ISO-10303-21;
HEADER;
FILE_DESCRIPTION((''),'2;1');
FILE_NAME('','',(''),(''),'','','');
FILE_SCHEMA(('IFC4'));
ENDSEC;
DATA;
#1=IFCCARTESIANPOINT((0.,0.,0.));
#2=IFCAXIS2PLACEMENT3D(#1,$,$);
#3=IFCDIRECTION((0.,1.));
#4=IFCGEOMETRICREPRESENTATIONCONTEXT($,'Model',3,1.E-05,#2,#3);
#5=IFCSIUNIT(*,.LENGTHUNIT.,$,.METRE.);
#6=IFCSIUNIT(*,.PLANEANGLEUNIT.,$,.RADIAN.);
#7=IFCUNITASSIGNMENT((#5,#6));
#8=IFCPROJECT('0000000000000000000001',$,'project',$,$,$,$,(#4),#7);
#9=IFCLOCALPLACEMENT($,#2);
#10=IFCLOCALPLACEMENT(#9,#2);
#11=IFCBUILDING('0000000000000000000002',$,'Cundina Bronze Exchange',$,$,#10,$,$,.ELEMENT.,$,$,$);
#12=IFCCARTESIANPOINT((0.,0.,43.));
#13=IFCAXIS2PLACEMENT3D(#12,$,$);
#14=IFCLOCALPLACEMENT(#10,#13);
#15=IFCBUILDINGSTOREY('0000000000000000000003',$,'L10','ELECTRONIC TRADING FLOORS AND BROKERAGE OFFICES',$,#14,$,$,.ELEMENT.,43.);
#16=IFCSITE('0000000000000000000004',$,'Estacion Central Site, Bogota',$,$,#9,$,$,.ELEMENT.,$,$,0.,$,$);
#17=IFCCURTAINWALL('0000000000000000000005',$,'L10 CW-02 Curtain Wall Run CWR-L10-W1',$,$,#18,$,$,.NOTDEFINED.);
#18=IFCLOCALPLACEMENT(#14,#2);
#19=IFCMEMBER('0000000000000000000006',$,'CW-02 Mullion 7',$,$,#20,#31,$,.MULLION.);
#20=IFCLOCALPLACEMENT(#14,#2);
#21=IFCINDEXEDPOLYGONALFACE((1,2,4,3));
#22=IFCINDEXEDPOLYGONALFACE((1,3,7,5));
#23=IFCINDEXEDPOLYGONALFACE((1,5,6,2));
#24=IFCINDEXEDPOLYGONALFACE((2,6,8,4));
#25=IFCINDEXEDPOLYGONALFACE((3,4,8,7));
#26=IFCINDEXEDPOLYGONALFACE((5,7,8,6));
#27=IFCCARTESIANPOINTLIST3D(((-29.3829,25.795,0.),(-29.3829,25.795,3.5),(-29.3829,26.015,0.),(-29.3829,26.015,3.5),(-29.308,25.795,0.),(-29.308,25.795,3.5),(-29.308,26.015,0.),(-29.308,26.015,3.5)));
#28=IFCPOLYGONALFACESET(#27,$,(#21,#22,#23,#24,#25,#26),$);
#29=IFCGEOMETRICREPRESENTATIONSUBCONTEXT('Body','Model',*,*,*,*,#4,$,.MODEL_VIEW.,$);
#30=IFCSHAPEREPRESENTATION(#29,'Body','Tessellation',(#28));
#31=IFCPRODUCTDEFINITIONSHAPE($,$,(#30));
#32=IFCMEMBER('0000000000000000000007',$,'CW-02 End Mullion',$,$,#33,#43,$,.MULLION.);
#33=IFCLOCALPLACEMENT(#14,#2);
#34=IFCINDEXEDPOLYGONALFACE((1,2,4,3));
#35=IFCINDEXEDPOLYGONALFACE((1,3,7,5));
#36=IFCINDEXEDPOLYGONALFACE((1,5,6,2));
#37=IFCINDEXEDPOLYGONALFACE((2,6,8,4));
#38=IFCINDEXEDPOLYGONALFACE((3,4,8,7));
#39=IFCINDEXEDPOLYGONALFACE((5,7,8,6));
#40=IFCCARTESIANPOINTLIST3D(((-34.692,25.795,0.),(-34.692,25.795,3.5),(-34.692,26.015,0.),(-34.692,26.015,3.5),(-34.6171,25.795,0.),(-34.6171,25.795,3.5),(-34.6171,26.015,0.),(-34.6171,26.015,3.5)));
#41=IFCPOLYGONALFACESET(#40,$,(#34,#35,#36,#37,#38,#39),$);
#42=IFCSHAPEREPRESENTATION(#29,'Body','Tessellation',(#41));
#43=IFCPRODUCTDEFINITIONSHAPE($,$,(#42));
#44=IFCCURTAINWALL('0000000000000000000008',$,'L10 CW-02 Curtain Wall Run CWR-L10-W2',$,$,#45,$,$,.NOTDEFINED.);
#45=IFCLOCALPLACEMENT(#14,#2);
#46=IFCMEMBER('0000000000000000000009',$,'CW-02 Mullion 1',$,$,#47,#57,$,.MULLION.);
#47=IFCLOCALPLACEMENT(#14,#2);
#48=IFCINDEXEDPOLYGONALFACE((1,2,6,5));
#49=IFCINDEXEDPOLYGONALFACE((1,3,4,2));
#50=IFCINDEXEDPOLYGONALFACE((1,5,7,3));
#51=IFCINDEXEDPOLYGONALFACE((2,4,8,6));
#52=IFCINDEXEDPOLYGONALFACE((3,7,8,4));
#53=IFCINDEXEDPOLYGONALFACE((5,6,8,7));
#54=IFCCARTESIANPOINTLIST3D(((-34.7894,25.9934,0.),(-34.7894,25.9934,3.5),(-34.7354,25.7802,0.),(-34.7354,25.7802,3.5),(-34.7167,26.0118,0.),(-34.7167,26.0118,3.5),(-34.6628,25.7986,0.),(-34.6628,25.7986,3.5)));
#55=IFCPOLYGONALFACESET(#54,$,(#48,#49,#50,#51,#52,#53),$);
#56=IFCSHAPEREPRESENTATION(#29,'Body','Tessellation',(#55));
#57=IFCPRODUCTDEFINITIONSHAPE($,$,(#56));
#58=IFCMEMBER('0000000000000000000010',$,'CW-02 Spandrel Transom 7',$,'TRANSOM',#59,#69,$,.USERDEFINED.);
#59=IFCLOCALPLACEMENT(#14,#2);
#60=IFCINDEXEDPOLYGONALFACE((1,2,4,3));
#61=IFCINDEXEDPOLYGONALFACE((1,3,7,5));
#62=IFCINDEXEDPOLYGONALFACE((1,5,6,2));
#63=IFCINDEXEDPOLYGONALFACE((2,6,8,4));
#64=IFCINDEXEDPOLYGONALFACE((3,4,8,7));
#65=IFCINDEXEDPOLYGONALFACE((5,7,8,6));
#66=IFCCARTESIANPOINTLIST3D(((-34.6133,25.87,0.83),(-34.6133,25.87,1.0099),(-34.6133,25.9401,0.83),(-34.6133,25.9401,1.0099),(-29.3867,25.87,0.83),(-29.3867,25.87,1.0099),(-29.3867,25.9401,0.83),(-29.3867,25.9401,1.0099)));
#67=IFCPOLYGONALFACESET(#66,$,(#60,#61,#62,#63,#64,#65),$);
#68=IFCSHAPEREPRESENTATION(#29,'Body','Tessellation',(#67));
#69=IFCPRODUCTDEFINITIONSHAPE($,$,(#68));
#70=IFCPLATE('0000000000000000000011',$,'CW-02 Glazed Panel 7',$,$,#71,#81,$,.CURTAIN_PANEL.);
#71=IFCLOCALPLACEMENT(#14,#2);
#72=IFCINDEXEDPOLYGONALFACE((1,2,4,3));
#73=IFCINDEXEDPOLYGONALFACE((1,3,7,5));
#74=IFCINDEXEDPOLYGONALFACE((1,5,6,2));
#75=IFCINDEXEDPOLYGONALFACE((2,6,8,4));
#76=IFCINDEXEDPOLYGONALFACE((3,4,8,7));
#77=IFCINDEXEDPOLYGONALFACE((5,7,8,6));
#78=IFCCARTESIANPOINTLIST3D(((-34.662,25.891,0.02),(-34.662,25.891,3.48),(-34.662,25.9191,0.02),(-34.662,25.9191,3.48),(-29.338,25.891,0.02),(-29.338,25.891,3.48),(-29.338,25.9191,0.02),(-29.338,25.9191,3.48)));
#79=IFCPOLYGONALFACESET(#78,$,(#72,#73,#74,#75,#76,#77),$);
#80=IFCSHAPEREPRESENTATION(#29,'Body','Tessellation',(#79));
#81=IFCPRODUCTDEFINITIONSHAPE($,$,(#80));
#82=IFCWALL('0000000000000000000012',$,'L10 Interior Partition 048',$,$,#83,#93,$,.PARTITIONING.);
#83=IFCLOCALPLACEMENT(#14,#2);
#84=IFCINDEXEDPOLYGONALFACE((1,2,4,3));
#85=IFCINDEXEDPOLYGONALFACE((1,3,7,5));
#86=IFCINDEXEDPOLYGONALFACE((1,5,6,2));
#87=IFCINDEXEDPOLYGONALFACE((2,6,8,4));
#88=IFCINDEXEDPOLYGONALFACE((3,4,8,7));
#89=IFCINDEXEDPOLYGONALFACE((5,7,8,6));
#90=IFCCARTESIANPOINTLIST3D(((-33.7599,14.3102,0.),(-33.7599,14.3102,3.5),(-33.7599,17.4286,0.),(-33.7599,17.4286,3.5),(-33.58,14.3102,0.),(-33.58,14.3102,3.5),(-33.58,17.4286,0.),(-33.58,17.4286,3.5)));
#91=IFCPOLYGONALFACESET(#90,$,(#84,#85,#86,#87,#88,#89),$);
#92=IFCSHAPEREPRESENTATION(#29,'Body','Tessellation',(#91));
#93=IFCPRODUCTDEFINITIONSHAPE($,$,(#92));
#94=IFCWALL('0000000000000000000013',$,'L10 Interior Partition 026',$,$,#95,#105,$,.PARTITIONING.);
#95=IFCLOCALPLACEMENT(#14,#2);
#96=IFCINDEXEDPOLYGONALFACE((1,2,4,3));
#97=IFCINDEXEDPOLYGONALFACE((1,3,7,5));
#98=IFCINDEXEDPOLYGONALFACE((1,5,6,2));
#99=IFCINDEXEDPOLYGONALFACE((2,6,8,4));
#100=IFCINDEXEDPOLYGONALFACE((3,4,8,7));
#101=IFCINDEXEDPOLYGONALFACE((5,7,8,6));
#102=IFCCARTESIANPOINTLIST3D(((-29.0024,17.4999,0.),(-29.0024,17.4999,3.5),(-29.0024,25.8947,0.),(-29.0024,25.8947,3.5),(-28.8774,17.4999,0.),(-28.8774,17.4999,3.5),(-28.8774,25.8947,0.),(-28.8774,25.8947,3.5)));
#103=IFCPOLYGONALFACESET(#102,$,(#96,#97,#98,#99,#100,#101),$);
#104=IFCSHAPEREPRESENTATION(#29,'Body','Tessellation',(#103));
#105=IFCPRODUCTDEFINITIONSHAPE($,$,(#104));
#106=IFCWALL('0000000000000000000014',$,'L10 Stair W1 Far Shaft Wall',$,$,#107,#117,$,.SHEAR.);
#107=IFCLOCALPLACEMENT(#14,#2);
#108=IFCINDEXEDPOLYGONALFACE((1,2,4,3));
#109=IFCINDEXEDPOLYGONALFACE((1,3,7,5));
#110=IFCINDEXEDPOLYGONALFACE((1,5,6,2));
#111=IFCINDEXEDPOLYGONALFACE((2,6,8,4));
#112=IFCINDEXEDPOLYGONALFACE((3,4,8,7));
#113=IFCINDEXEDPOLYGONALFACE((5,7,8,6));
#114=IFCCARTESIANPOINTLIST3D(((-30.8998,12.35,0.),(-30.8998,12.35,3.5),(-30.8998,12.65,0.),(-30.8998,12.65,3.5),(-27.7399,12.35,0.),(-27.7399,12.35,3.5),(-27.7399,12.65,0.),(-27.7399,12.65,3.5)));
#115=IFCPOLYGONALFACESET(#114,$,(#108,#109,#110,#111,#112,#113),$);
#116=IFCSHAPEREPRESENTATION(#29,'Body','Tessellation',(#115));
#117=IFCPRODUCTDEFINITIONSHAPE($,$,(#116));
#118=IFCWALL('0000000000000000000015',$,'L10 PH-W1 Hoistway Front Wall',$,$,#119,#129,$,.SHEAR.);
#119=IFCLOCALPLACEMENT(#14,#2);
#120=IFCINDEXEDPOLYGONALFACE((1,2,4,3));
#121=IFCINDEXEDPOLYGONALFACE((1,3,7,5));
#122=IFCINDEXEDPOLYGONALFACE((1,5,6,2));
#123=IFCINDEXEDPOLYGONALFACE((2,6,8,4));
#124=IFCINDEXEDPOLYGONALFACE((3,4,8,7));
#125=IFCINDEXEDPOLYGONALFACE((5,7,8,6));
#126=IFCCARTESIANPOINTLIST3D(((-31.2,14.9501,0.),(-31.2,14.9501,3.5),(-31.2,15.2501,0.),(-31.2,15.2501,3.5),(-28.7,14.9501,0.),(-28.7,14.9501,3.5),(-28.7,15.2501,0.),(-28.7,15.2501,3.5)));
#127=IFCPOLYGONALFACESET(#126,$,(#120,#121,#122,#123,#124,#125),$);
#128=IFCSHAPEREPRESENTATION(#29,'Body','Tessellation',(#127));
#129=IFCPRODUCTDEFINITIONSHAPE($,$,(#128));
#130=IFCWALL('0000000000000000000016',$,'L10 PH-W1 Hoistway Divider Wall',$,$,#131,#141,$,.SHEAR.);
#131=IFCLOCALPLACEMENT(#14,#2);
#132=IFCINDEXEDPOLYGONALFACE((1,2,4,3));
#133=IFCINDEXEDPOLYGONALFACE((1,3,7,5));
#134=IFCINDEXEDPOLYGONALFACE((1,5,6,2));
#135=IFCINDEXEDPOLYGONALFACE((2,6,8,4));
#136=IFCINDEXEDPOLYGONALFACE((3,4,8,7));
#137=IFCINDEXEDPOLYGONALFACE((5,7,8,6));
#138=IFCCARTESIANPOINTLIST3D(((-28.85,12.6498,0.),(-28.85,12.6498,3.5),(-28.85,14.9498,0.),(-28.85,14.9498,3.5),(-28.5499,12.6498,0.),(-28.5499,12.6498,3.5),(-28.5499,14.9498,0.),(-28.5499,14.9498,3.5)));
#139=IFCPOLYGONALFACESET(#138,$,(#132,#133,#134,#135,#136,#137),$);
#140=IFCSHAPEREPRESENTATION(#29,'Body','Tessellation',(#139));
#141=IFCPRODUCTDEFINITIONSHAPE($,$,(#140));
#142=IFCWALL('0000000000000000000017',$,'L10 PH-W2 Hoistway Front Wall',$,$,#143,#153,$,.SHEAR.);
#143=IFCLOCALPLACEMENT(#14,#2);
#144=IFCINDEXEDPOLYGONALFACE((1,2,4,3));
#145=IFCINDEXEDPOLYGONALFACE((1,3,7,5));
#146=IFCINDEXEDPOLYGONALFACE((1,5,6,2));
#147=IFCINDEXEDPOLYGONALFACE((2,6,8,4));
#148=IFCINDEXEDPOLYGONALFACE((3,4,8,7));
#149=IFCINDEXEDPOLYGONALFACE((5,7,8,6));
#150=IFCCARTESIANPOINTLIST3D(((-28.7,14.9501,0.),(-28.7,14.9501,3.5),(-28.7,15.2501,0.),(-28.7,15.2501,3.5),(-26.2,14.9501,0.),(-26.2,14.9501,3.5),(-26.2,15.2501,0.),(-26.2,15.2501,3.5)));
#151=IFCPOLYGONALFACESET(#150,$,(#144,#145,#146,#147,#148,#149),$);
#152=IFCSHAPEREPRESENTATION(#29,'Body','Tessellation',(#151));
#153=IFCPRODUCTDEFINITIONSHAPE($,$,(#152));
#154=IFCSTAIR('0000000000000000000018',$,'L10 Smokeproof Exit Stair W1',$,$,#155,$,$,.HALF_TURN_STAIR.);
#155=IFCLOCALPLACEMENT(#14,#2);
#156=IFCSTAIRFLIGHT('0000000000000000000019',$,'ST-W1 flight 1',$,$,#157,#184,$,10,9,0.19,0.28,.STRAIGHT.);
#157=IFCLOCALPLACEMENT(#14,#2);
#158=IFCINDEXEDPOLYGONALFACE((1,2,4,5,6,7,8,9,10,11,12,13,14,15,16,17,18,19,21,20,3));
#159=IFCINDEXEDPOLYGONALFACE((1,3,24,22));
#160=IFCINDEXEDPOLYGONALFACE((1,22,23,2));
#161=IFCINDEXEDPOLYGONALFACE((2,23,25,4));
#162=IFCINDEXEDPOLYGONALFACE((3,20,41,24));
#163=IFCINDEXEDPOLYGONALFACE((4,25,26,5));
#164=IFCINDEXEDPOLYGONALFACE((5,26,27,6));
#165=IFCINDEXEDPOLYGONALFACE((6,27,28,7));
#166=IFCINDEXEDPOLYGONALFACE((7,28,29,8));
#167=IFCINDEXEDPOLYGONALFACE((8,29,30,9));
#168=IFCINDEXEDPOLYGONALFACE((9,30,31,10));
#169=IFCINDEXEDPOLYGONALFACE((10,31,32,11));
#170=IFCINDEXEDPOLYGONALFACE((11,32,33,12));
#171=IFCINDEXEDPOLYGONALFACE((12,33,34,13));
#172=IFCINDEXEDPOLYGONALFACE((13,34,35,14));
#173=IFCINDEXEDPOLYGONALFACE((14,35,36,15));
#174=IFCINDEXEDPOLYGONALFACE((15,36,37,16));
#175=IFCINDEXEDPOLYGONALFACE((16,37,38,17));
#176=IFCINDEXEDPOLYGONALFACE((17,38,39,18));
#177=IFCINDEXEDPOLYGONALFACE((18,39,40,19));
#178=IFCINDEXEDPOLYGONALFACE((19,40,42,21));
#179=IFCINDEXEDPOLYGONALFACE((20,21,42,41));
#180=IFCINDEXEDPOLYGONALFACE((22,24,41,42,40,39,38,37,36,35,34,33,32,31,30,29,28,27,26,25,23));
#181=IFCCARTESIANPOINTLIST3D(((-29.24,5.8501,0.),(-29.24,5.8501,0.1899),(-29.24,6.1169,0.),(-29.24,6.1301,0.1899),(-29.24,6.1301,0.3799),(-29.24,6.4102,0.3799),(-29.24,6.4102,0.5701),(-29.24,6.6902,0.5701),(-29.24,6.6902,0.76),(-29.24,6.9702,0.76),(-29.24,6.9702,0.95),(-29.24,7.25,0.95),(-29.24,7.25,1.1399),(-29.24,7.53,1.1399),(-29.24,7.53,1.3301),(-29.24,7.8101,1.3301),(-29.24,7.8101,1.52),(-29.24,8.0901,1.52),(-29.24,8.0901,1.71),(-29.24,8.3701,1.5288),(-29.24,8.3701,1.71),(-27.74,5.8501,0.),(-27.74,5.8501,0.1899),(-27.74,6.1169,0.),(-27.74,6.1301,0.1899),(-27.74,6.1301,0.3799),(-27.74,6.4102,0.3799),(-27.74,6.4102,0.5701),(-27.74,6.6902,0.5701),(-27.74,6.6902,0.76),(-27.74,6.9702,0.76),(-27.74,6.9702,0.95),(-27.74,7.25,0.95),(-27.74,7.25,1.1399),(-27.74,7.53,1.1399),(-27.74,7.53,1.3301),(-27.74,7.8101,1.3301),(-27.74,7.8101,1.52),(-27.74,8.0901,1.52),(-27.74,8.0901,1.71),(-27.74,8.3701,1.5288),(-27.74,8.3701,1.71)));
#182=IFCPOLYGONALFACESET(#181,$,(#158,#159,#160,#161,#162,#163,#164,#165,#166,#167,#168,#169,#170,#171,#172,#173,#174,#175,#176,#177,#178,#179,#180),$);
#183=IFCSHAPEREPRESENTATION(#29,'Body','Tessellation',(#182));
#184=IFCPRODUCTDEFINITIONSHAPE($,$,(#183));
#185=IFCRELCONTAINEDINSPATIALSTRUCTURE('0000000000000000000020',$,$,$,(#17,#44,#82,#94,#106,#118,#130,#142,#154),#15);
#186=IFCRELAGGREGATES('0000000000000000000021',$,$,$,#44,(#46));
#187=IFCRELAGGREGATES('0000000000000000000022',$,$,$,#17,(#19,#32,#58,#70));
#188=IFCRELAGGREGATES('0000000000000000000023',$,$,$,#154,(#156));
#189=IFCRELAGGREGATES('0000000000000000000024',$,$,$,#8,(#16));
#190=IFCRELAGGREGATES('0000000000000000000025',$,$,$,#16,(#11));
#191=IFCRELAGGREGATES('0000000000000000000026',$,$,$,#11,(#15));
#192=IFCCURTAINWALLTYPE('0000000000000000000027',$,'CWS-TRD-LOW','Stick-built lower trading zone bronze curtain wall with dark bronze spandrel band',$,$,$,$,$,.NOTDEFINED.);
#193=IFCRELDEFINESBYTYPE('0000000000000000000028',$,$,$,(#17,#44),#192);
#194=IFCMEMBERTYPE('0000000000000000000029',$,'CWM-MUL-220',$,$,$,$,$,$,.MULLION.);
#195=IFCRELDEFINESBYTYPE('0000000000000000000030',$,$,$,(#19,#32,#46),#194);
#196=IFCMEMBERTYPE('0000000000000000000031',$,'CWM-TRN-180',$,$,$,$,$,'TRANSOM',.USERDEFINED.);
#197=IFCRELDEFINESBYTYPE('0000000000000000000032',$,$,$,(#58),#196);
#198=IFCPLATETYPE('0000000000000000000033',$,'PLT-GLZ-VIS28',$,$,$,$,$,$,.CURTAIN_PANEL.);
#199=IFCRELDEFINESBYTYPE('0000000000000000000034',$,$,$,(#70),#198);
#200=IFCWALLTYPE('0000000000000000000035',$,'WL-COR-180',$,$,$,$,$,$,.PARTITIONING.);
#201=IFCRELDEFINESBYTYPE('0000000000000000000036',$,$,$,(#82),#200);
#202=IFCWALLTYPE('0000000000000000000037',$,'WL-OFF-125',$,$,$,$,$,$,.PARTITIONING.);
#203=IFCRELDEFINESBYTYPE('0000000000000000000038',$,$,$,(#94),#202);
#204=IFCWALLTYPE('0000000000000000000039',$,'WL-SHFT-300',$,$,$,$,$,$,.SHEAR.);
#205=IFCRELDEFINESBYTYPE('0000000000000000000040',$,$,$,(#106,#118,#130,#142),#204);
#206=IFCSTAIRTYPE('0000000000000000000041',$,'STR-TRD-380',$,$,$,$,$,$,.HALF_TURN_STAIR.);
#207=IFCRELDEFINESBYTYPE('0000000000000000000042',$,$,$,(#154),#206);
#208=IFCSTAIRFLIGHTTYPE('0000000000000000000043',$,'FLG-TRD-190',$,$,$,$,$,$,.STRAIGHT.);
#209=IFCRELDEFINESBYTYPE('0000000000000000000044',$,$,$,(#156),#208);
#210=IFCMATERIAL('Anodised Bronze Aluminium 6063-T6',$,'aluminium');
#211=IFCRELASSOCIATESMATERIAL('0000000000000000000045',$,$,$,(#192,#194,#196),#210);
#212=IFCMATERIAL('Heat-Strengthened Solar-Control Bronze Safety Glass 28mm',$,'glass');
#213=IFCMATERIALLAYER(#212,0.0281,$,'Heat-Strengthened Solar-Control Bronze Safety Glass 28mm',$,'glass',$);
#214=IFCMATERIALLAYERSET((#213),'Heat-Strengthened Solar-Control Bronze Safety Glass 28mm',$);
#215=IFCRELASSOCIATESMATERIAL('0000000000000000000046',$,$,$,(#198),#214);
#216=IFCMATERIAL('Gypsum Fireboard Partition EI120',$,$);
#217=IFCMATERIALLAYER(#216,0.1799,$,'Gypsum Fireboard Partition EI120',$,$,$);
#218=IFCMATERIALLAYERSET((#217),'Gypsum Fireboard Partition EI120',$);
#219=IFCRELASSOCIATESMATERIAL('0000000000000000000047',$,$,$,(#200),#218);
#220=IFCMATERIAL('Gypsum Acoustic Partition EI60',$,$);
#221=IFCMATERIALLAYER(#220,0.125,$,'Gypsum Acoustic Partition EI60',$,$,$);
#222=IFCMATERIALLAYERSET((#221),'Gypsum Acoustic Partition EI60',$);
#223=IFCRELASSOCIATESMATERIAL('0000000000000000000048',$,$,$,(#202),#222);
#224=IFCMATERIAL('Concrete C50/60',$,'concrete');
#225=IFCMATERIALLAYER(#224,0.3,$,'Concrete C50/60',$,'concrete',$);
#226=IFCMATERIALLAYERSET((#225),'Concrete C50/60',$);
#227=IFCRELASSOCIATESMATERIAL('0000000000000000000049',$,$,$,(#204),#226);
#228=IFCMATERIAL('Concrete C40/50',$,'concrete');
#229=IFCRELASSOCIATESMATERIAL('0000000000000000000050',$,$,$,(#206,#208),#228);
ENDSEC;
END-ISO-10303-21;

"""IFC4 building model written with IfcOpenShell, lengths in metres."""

from ifc_helpers import new_model, si_unit, direction, frame, frame_2d, origin, origin_2d, place, context, subcontext, project, spatial, polyline, rectangle, outline, extrude, material, layer, layer_set, material_profile, profile_set, type_object, element, aggregate, save


model = new_model("IFC4")

# Units and contexts
model_context = context("Model", 3, precision=1e-05, world=origin(), true_north=direction((0.0, 1.0)))
body_context = subcontext(model_context, "Body", "Model", "MODEL_VIEW")
ifc_project = project(units=[si_unit("LENGTHUNIT", "METRE"), si_unit("PLANEANGLEUNIT", "RADIAN")], contexts=[model_context])

# Site, building, storey
site_placement = place(None, origin())
site = spatial("IfcSite", under=ifc_project, at=site_placement, Name="Estacion Central Site, Bogota", CompositionType="ELEMENT", RefElevation=0.0)
building_placement = place(site_placement, origin())
building = spatial("IfcBuilding", under=site, at=building_placement, Name="Cundina Bronze Exchange", CompositionType="ELEMENT")
storey_placement = place(building_placement, frame((0.0, 0.0, 43.0)))
storey = spatial("IfcBuildingStorey", under=building, at=storey_placement, Name="L10", Description="ELECTRONIC TRADING FLOORS AND BROKERAGE OFFICES", CompositionType="ELEMENT", Elevation=43.0)

# Curtain wall, members
ifc_material_1 = material(Name="Anodised Bronze Aluminium 6063-T6", Category="aluminium")
curtain_wall_type = type_object("IfcCurtainWallType", Name="CWS-TRD-LOW", Description="Stick-built lower trading zone bronze curtain wall with dark bronze spandrel band", PredefinedType="NOTDEFINED", material=ifc_material_1)
curtain_wall_1_placement = place(storey_placement, origin())
curtain_wall_1 = element("IfcCurtainWall", 1, at=curtain_wall_1_placement, inside=storey, type_object=curtain_wall_type, Name="L10 CW-02 Curtain Wall Run CWR-L10-W1", PredefinedType="NOTDEFINED")
ifc_material_profile_1 = material_profile(ifc_material_1, rectangle(XDim=0.075, YDim=0.22, at=origin_2d()), Name="AL75X220", Category="aluminium")
ifc_profile_set_1 = profile_set([ifc_material_profile_1], Name="Anodised Bronze Aluminium 6063-T6")
member_type_1 = type_object("IfcMemberType", Name="CWM-MUL-220", PredefinedType="MULLION", material=ifc_profile_set_1)
member_1_placement = place(storey_placement, frame((-29.3455, 25.905, 0.0), z_axis=(0.0, 0.0, 1.0), x_axis=(-1.0, 0.0, 0.0)))
member_1 = element("IfcMember", 2, at=member_1_placement, type_object=member_type_1, Name="CW-02 Mullion 7", PredefinedType="MULLION", context=body_context, shape_type="SweptSolid", body=[
    extrude(rectangle(XDim=0.075, YDim=0.22, at=origin_2d()), origin(), (0.0, 0.0, 1.0), 3.5),
])
member_2_placement = place(storey_placement, frame((-34.6545, 25.905, 0.0), z_axis=(0.0, 0.0, 1.0), x_axis=(-1.0, 0.0, 0.0)))
member_2 = element("IfcMember", 3, at=member_2_placement, type_object=member_type_1, Name="CW-02 End Mullion", PredefinedType="MULLION", context=body_context, shape_type="SweptSolid", body=[
    extrude(rectangle(XDim=0.075, YDim=0.22, at=origin_2d()), origin(), (0.0, 0.0, 1.0), 3.5),
])

# Curtain wall, member
curtain_wall_2_placement = place(storey_placement, origin())
curtain_wall_2 = element("IfcCurtainWall", 4, at=curtain_wall_2_placement, inside=storey, type_object=curtain_wall_type, Name="L10 CW-02 Curtain Wall Run CWR-L10-W2", PredefinedType="NOTDEFINED")
member_3_placement = place(storey_placement, frame((-34.7261, 25.896, 0.0), z_axis=(0.0, 0.0, 1.0), x_axis=(-0.969488, -0.245138, 0.0)))
member_3 = element("IfcMember", 5, at=member_3_placement, type_object=member_type_1, Name="CW-02 Mullion 1", PredefinedType="MULLION", context=body_context, shape_type="SweptSolid", body=[
    extrude(rectangle(XDim=0.075, YDim=0.22, at=origin_2d()), origin(), (0.0, 0.0, 1.0), 3.5),
])
aggregate(curtain_wall_2, [member_3])

# Member
ifc_material_profile_2 = material_profile(ifc_material_1, rectangle(XDim=0.0701, YDim=0.1799, at=origin_2d()), Name="AL70X180", Category="aluminium")
ifc_profile_set_2 = profile_set([ifc_material_profile_2], Name="Anodised Bronze Aluminium 6063-T6")
member_type_2 = type_object("IfcMemberType", Name="CWM-TRN-180", ElementType="TRANSOM", PredefinedType="USERDEFINED", material=ifc_profile_set_2)
member_4_placement = place(storey_placement, frame((-29.3867, 25.905, 0.9199), z_axis=(-1.0, 0.0, 0.0), x_axis=(0.0, -1.0, 0.0)))
member_4 = element("IfcMember", 6, at=member_4_placement, type_object=member_type_2, Name="CW-02 Spandrel Transom 7", ObjectType="TRANSOM", PredefinedType="USERDEFINED", context=body_context, shape_type="SweptSolid", body=[
    extrude(rectangle(XDim=0.0701, YDim=0.1799, at=origin_2d()), origin(), (0.0, 0.0, 1.0), 5.2266),
])

# Plate
ifc_material_2 = material(Name="Heat-Strengthened Solar-Control Bronze Safety Glass 28mm", Category="glass")
ifc_layer_1 = layer(ifc_material_2, 0.0281, Name="Heat-Strengthened Solar-Control Bronze Safety Glass 28mm", Category="glass")
ifc_layer_set_1 = layer_set([ifc_layer_1], Name="Heat-Strengthened Solar-Control Bronze Safety Glass 28mm")
plate_type = type_object("IfcPlateType", Name="PLT-GLZ-VIS28", PredefinedType="CURTAIN_PANEL", material=ifc_layer_set_1)
plate_placement = place(storey_placement, frame((-32.0, 25.905, 0.02), z_axis=(0.0, 0.0, 1.0), x_axis=(-1.0, 0.0, 0.0)))
plate = element("IfcPlate", 7, at=plate_placement, type_object=plate_type, Name="CW-02 Glazed Panel 7", PredefinedType="CURTAIN_PANEL", context=body_context, shape_type="SweptSolid", body=[
    extrude(rectangle(XDim=5.324, YDim=0.0281, at=origin_2d()), origin(), (0.0, 0.0, 1.0), 3.46),
])
aggregate(curtain_wall_1, [member_1, member_2, member_4, plate])

# Shared definitions
ifc_material_3 = material(Name="Gypsum Fireboard Partition EI120")
ifc_layer_2 = layer(ifc_material_3, 0.1799, Name="Gypsum Fireboard Partition EI120")
ifc_layer_set_2 = layer_set([ifc_layer_2], Name="Gypsum Fireboard Partition EI120")
wall_type_1 = type_object("IfcWallType", Name="WL-COR-180", PredefinedType="PARTITIONING", material=ifc_layer_set_2)

# Walls
wall_1_placement = place(storey_placement, frame((-33.6699, 17.4285, 0.0), z_axis=(0.0, 0.0, 1.0), x_axis=(0.0, -1.0, 0.0)))
element("IfcWall", 8, at=wall_1_placement, inside=storey, type_object=wall_type_1, Name="L10 Interior Partition 048", PredefinedType="PARTITIONING", context=body_context, shape_type="SweptSolid", body=[
    extrude(rectangle(XDim=3.1184, YDim=0.1799, at=frame_2d((1.5591, 0.0))), origin(), (0.0, 0.0, 1.0), 3.5),
])
ifc_material_4 = material(Name="Gypsum Acoustic Partition EI60")
ifc_layer_3 = layer(ifc_material_4, 0.125, Name="Gypsum Acoustic Partition EI60")
ifc_layer_set_3 = layer_set([ifc_layer_3], Name="Gypsum Acoustic Partition EI60")
wall_type_2 = type_object("IfcWallType", Name="WL-OFF-125", PredefinedType="PARTITIONING", material=ifc_layer_set_3)
wall_2_placement = place(storey_placement, frame((-28.9399, 17.5, 0.0), z_axis=(0.0, 0.0, 1.0), x_axis=(0.0, 1.0, 0.0)))
element("IfcWall", 9, at=wall_2_placement, inside=storey, type_object=wall_type_2, Name="L10 Interior Partition 026", PredefinedType="PARTITIONING", context=body_context, shape_type="SweptSolid", body=[
    extrude(rectangle(XDim=8.3948, YDim=0.125, at=frame_2d((4.1973, 0.0))), origin(), (0.0, 0.0, 1.0), 3.5),
])

# Shared definitions
ifc_material_5 = material(Name="Concrete C50/60", Category="concrete")
ifc_layer_4 = layer(ifc_material_5, 0.3, Name="Concrete C50/60", Category="concrete")
ifc_layer_set_4 = layer_set([ifc_layer_4], Name="Concrete C50/60")
wall_type_3 = type_object("IfcWallType", Name="WL-SHFT-300", PredefinedType="SHEAR", material=ifc_layer_set_4)

# Walls
wall_3_placement = place(storey_placement, frame((-30.8999, 12.5, 0.0), z_axis=(0.0, 0.0, 1.0), x_axis=(1.0, 0.0, 0.0)))
element("IfcWall", 10, at=wall_3_placement, inside=storey, type_object=wall_type_3, Name="L10 Stair W1 Far Shaft Wall", PredefinedType="SHEAR", context=body_context, shape_type="SweptSolid", body=[
    extrude(rectangle(XDim=3.1599, YDim=0.3, at=frame_2d((1.5801, 0.0))), origin(), (0.0, 0.0, 1.0), 3.5),
])
wall_4_placement = place(storey_placement, frame((-31.2, 15.1001, 0.0), z_axis=(0.0, 0.0, 1.0), x_axis=(1.0, 0.0, 0.0)))
element("IfcWall", 11, at=wall_4_placement, inside=storey, type_object=wall_type_3, Name="L10 PH-W1 Hoistway Front Wall", PredefinedType="SHEAR", context=body_context, shape_type="SweptSolid", body=[
    extrude(rectangle(XDim=2.5, YDim=0.3, at=frame_2d((1.25, 0.0))), origin(), (0.0, 0.0, 1.0), 3.5),
])
wall_5_placement = place(storey_placement, frame((-28.7, 12.6499, 0.0), z_axis=(0.0, 0.0, 1.0), x_axis=(0.0, 1.0, 0.0)))
element("IfcWall", 12, at=wall_5_placement, inside=storey, type_object=wall_type_3, Name="L10 PH-W1 Hoistway Divider Wall", PredefinedType="SHEAR", context=body_context, shape_type="SweptSolid", body=[
    extrude(rectangle(XDim=2.3, YDim=0.3, at=frame_2d((1.1499, 0.0))), origin(), (0.0, 0.0, 1.0), 3.5),
])
wall_6_placement = place(storey_placement, frame((-28.7, 15.1001, 0.0), z_axis=(0.0, 0.0, 1.0), x_axis=(1.0, 0.0, 0.0)))
element("IfcWall", 13, at=wall_6_placement, inside=storey, type_object=wall_type_3, Name="L10 PH-W2 Hoistway Front Wall", PredefinedType="SHEAR", context=body_context, shape_type="SweptSolid", body=[
    extrude(rectangle(XDim=2.5, YDim=0.3, at=frame_2d((1.25, 0.0))), origin(), (0.0, 0.0, 1.0), 3.5),
])

# Stair, stair flight
ifc_material_6 = material(Name="Concrete C40/50", Category="concrete")
stair_type = type_object("IfcStairType", Name="STR-TRD-380", PredefinedType="HALF_TURN_STAIR", material=ifc_material_6)
stair_placement = place(storey_placement, origin())
stair = element("IfcStair", 14, at=stair_placement, inside=storey, type_object=stair_type, Name="L10 Smokeproof Exit Stair W1", PredefinedType="HALF_TURN_STAIR")
stair_flight_type = type_object("IfcStairFlightType", Name="FLG-TRD-190", PredefinedType="STRAIGHT", material=ifc_material_6)
stair_flight_1_placement = place(storey_placement, frame((-28.49, 5.8501, 0.0), z_axis=(0.0, 0.0, 1.0), x_axis=(0.0, 1.0, 0.0)))
stair_flight_1 = element("IfcStairFlight", 15, at=stair_flight_1_placement, type_object=stair_flight_type, Name="ST-W1 flight 1", NumberOfRisers=10, NumberOfTreads=9, PredefinedType="STRAIGHT", RiserHeight=0.19, TreadLength=0.28, context=body_context, shape_type="SweptSolid", body=[
    extrude(outline(polyline([(0.0, 0.0), (0.0, 0.1899), (0.28, 0.1899), (0.28, 0.3799), (0.5601, 0.3799), (0.5601, 0.5701), (0.8401, 0.5701), (0.8401, 0.76), (1.1201, 0.76), (1.1201, 0.95), (1.3999, 0.95), (1.3999, 1.1399), (1.6799, 1.1399), (1.6799, 1.3301), (1.96, 1.3301), (1.96, 1.52), (2.24, 1.52), (2.24, 1.71), (2.52, 1.71), (2.52, 1.8999), (2.52, 1.5288), (0.2668, 0.0), (0.0, 0.0)])), frame((0.0, 0.75, 0.0), z_axis=(0.0, -1.0, 0.0), x_axis=(1.0, 0.0, 0.0)), (0.0, 0.0, 1.0), 1.5),
])
aggregate(stair, [stair_flight_1])

save(model, "model.ifc")
